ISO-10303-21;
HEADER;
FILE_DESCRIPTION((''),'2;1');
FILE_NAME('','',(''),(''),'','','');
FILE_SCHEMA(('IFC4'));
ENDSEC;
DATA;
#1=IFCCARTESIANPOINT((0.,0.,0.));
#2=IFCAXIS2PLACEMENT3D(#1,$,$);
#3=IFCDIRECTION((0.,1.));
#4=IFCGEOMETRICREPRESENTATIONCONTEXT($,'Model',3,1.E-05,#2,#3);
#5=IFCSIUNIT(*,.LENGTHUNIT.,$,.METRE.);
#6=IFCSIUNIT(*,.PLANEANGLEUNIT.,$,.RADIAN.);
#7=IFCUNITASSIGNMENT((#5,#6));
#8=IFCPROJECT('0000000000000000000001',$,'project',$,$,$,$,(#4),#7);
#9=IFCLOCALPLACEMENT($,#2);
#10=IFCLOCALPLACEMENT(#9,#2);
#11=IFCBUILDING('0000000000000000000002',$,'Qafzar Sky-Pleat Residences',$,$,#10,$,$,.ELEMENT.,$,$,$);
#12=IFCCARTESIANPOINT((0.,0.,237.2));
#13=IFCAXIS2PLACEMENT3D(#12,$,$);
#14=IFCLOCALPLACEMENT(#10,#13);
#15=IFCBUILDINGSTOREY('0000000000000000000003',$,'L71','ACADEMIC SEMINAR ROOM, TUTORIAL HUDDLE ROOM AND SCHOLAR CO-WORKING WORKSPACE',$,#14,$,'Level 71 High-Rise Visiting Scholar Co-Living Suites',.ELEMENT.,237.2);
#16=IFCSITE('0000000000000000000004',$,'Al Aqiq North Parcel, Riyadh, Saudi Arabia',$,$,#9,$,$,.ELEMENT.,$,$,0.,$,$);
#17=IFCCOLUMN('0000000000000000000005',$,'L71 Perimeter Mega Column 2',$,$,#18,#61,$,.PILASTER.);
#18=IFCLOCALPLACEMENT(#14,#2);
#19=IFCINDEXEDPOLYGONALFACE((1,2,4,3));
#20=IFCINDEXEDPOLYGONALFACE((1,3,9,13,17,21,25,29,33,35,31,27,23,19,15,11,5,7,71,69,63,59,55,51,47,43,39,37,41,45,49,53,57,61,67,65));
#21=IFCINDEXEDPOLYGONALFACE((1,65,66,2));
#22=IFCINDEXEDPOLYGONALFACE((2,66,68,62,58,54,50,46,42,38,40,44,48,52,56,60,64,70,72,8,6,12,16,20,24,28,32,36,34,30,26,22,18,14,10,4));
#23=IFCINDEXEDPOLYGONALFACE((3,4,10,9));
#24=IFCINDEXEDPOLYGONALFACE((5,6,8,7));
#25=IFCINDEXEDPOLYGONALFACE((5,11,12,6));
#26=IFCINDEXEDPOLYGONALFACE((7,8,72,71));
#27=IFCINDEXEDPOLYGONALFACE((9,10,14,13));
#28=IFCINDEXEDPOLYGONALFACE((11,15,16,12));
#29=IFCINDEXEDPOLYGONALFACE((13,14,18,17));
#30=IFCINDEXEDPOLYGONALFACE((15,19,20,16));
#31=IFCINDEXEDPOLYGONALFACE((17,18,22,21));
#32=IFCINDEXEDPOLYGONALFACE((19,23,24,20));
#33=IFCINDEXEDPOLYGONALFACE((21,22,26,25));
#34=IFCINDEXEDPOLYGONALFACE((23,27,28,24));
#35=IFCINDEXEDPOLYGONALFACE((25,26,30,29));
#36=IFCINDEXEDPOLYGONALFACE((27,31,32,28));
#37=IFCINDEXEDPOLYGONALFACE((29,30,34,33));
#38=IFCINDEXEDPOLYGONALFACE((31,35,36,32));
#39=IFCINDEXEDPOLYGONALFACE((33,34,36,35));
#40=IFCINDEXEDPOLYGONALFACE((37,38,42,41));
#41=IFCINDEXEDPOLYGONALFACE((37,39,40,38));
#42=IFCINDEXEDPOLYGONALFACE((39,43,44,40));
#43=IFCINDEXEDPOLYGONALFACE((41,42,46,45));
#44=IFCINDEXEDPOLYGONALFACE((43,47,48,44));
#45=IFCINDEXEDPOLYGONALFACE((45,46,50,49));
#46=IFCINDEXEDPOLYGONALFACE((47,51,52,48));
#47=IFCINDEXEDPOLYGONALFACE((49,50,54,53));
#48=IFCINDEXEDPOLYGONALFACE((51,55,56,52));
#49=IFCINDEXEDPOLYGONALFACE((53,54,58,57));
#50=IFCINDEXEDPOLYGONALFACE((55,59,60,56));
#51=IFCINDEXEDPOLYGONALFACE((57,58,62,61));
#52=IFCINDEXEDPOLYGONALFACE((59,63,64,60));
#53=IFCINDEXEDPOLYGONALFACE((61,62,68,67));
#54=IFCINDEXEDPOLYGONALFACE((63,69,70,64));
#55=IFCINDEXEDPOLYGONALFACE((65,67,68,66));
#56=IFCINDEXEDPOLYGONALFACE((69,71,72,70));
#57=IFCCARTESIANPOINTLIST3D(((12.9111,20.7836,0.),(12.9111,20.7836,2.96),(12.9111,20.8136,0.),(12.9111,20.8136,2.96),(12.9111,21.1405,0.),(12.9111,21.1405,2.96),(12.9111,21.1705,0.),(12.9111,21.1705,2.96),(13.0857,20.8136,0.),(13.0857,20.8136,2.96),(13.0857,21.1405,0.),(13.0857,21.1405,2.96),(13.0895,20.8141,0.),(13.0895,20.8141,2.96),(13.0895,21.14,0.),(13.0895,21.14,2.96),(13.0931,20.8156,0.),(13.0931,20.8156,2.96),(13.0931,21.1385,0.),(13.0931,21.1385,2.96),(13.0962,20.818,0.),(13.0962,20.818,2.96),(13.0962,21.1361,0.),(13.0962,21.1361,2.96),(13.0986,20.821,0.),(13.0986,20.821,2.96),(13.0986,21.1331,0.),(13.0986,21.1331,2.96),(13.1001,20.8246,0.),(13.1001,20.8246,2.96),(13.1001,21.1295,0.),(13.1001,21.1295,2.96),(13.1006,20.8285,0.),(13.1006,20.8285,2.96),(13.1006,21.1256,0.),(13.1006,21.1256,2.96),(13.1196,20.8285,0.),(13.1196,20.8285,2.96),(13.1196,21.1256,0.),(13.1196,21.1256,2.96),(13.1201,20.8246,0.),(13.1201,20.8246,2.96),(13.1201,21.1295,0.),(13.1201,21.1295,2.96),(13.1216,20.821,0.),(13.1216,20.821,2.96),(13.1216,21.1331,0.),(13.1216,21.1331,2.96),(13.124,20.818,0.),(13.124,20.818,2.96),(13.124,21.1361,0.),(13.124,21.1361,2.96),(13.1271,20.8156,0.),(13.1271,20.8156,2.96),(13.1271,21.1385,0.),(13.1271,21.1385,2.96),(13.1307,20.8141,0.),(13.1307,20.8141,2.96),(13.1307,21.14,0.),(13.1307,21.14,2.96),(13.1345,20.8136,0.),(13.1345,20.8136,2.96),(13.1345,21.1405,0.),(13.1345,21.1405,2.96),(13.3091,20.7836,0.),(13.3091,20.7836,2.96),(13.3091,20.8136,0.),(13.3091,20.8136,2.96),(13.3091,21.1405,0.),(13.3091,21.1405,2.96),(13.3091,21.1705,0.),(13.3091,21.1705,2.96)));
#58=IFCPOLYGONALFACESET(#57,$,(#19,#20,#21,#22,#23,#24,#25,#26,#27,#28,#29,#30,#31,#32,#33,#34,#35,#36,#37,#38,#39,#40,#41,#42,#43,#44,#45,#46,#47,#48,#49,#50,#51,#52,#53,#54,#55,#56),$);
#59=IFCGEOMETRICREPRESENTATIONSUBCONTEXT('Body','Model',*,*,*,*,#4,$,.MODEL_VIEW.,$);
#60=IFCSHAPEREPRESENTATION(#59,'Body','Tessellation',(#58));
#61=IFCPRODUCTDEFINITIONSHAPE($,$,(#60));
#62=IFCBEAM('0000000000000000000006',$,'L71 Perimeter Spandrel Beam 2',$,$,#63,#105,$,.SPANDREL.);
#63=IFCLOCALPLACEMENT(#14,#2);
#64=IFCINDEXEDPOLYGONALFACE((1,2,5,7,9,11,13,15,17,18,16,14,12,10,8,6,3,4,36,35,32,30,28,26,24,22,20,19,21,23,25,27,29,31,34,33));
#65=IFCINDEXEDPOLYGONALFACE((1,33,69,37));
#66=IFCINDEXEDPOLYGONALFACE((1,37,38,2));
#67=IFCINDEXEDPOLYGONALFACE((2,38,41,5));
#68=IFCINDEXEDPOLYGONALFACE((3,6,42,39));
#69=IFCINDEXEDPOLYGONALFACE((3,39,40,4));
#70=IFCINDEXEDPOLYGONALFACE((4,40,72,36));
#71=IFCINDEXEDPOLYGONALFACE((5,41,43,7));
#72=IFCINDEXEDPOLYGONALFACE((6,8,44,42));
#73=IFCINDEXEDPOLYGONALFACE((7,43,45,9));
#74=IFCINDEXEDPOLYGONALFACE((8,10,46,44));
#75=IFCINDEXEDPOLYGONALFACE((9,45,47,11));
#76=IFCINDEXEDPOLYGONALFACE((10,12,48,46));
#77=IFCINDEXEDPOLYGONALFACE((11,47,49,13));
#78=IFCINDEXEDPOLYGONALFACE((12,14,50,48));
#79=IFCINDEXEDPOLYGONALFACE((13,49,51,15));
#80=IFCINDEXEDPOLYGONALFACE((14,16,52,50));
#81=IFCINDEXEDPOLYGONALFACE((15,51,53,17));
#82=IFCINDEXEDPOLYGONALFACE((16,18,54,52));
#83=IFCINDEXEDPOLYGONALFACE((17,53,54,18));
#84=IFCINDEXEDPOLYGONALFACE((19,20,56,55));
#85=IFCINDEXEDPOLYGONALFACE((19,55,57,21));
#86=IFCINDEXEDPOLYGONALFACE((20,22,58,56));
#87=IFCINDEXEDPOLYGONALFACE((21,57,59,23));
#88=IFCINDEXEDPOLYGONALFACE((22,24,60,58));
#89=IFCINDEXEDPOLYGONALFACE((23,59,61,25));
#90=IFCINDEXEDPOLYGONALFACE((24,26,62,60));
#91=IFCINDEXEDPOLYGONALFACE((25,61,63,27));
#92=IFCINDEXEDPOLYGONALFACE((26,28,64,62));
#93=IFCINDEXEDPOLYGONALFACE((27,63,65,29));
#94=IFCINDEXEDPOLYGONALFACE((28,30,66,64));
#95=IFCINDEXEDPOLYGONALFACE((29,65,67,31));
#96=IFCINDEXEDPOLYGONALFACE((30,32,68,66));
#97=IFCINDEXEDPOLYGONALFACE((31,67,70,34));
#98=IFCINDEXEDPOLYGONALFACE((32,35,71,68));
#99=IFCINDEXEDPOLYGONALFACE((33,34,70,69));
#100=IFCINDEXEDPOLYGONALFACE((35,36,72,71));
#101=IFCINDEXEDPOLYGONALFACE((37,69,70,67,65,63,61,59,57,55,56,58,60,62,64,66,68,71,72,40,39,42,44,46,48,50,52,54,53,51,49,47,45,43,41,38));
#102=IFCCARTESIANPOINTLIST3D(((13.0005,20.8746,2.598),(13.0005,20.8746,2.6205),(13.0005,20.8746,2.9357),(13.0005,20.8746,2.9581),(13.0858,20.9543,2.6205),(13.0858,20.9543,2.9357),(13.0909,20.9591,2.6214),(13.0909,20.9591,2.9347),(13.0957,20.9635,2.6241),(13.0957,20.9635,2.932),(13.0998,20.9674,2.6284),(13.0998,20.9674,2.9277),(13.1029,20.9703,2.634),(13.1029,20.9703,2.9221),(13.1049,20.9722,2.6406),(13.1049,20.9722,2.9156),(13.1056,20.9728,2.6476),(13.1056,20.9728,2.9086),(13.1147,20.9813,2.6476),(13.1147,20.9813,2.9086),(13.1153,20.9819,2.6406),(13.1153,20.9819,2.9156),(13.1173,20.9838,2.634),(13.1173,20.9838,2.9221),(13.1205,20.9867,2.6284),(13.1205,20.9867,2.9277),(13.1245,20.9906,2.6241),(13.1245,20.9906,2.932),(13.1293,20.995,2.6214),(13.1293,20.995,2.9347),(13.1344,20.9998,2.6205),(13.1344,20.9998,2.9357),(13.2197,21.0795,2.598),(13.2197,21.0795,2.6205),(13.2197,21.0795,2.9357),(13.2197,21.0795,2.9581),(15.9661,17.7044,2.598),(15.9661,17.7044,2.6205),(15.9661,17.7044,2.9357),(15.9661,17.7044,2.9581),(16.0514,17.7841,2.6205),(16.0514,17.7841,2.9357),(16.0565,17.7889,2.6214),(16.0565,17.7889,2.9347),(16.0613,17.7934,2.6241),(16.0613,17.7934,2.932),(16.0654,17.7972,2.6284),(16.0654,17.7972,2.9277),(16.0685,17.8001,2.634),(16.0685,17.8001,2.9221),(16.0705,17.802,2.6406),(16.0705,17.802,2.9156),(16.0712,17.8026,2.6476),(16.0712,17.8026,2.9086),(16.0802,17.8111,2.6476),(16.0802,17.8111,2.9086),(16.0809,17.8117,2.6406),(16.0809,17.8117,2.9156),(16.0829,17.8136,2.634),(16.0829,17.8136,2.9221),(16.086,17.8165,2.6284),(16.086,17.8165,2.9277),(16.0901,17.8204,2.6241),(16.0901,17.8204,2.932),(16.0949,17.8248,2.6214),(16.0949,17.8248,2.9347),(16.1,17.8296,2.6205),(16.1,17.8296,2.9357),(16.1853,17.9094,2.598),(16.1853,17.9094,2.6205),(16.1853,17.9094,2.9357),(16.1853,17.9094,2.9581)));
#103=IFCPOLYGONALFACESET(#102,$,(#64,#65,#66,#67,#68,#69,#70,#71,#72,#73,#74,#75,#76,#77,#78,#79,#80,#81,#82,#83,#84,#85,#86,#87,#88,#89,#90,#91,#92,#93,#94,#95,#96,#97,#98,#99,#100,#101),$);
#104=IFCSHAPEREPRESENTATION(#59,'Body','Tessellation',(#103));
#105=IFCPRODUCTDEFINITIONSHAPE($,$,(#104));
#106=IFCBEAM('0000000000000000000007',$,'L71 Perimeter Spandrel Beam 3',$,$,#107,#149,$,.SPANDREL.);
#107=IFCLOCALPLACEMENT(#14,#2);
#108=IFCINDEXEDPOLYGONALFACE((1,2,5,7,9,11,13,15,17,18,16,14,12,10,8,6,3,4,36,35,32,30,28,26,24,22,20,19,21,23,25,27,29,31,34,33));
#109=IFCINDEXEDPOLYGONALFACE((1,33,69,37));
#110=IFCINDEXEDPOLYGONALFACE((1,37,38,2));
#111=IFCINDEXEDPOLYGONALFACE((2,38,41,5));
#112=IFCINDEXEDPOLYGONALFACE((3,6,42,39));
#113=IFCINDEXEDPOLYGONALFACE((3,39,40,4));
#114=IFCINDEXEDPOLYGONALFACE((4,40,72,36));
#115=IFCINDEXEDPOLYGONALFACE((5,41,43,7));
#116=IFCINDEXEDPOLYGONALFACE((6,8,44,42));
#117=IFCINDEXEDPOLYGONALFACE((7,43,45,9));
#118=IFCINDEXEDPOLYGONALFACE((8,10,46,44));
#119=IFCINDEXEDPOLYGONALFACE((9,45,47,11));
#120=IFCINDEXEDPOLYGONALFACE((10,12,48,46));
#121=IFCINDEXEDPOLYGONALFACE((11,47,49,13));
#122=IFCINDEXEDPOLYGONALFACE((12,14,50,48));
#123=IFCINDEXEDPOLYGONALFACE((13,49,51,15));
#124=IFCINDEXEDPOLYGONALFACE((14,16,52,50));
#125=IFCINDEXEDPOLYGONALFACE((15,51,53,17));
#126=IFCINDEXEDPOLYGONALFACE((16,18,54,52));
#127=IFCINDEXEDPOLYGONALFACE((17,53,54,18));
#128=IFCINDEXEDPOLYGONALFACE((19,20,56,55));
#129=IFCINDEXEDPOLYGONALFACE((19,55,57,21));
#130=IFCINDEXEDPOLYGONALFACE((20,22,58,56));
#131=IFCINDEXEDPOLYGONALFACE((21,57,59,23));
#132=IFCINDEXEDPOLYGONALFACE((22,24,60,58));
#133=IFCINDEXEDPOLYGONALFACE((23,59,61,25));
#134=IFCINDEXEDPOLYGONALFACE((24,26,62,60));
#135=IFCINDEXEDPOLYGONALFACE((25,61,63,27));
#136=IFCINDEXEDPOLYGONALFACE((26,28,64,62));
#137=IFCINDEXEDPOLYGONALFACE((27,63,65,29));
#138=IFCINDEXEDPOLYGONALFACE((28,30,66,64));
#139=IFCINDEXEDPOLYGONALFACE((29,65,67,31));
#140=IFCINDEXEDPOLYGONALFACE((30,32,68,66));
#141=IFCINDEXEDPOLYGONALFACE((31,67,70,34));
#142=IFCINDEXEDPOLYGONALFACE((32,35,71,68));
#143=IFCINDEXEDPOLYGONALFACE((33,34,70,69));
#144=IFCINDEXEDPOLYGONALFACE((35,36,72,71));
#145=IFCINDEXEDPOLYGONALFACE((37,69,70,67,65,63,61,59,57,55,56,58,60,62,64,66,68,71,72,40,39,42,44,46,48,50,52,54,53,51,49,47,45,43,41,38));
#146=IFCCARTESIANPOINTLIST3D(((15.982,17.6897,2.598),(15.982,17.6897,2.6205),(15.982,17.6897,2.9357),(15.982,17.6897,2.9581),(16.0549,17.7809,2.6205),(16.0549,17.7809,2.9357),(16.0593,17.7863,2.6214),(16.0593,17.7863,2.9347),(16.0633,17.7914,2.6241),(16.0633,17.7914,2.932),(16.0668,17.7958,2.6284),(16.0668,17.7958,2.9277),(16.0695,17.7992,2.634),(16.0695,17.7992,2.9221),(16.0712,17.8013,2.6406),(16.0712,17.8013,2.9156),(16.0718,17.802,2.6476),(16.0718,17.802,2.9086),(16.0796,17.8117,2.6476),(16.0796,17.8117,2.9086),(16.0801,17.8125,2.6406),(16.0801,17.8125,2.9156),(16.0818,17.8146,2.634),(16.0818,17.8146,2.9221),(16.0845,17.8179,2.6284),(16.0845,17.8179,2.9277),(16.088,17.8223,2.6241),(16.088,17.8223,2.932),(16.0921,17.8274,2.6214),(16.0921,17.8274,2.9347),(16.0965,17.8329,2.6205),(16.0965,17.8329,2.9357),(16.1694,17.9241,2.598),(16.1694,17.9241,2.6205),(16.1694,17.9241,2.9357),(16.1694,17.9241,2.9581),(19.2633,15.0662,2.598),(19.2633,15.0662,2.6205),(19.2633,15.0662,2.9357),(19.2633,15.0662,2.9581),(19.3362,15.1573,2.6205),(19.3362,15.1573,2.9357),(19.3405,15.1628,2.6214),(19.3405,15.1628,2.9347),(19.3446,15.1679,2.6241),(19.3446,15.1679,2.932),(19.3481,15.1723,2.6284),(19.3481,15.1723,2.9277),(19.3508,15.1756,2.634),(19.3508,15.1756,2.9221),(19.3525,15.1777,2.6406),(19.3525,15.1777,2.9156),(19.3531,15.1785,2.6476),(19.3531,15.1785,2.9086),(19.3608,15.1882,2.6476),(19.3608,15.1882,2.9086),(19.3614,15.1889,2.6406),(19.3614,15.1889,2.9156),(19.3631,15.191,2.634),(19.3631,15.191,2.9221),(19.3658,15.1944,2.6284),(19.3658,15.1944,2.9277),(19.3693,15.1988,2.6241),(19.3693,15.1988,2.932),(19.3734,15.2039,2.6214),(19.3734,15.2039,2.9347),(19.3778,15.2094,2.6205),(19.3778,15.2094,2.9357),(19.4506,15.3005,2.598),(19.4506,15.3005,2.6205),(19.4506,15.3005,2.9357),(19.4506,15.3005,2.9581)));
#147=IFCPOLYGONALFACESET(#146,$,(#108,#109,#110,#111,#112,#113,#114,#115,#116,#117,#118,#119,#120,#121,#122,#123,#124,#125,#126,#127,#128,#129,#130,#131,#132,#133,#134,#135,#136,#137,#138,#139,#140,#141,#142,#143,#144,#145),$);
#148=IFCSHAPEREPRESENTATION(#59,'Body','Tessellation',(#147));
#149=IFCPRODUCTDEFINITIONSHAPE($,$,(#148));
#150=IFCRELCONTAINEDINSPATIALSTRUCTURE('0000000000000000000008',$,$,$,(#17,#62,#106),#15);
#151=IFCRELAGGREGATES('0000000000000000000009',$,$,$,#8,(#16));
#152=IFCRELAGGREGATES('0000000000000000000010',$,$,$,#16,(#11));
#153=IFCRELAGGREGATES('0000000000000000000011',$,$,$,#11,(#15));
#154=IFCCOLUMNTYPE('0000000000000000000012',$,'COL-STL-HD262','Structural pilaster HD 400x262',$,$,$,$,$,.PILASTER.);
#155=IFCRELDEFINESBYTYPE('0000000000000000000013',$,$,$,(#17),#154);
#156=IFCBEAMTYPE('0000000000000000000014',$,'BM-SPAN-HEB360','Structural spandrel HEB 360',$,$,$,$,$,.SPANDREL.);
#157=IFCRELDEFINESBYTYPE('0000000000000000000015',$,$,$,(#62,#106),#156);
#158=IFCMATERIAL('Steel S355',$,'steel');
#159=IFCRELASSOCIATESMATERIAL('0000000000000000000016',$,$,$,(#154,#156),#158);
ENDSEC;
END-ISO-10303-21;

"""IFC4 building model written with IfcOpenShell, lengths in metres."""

from ifc_helpers import new_model, si_unit, direction, frame, origin, origin_2d, place, context, subcontext, project, spatial, i_section, extrude, source, transform, mapped, material, material_profile, profile_set, type_object, element, save


model = new_model("IFC4")

# Units and contexts
model_context = context("Model", 3, precision=1e-05, world=origin(), true_north=direction((0.0, 1.0)))
body_context = subcontext(model_context, "Body", "Model", "MODEL_VIEW")
ifc_project = project(units=[si_unit("LENGTHUNIT", "METRE"), si_unit("PLANEANGLEUNIT", "RADIAN")], contexts=[model_context])

# Site, building, storey
site_placement = place(None, origin())
site = spatial("IfcSite", under=ifc_project, at=site_placement, Name="Al Aqiq North Parcel, Riyadh, Saudi Arabia", CompositionType="ELEMENT", RefElevation=0.0)
building_placement = place(site_placement, origin())
building = spatial("IfcBuilding", under=site, at=building_placement, Name="Qafzar Sky-Pleat Residences", CompositionType="ELEMENT")
storey_placement = place(building_placement, frame((0.0, 0.0, 237.2)))
storey = spatial("IfcBuildingStorey", under=building, at=storey_placement, Name="L71", Description="ACADEMIC SEMINAR ROOM, TUTORIAL HUDDLE ROOM AND SCHOLAR CO-WORKING WORKSPACE", LongName="Level 71 High-Rise Visiting Scholar Co-Living Suites", CompositionType="ELEMENT", Elevation=237.2)

# Column
ifc_material_1 = material(Name="Steel S355", Category="steel")
ifc_material_profile_1 = material_profile(ifc_material_1, i_section(OverallWidth=0.3979, OverallDepth=0.387, WebThickness=0.019, FlangeThickness=0.03, FilletRadius=0.0149, at=origin_2d()), Name="HD 400x262")
ifc_profile_set_1 = profile_set([ifc_material_profile_1], Name="Steel S355")
column_type = type_object("IfcColumnType", Name="COL-STL-HD262", Description="Structural pilaster HD 400x262", PredefinedType="PILASTER", material=ifc_profile_set_1)
shared_shape_1 = source(origin(), body_context, "Body", "SweptSolid", [
    extrude(i_section(OverallWidth=0.3979, OverallDepth=0.387, WebThickness=0.019, FlangeThickness=0.03, FilletRadius=0.0149, at=origin_2d()), origin(), (0.0, 0.0, 1.0), 2.96),
])
column_placement = place(storey_placement, frame((13.1101, 20.9771, 0.0), z_axis=(0.0, 0.0, 1.0), x_axis=(1.0, 0.0, 0.0)))
element("IfcColumn", 1, at=column_placement, inside=storey, type_object=column_type, Name="L71 Perimeter Mega Column 2", PredefinedType="PILASTER", context=body_context, shape_type="MappedRepresentation", body=[
    mapped(shared_shape_1, transform((0.0, 0.0, 0.0), x_axis=(1.0, 0.0, 0.0), y_axis=(0.0, 1.0, 0.0), z_axis=(0.0, 0.0, 1.0), scale=1.0)),
])

# Beams
ifc_material_profile_2 = material_profile(ifc_material_1, i_section(OverallWidth=0.3, OverallDepth=0.3601, WebThickness=0.0125, FlangeThickness=0.0225, FilletRadius=0.0271, at=origin_2d()), Name="HEB 360")
ifc_profile_set_2 = profile_set([ifc_material_profile_2], Name="Steel S355")
beam_type_1 = type_object("IfcBeamType", Name="BM-SPAN-HEB360", Description="Structural spandrel HEB 360", PredefinedType="SPANDREL", material=ifc_profile_set_2)
shared_shape_2 = source(origin(), body_context, "Body", "SweptSolid", [
    extrude(i_section(OverallWidth=0.3, OverallDepth=0.3601, WebThickness=0.0125, FlangeThickness=0.0225, FilletRadius=0.0271, at=origin_2d()), origin(), (0.0, 0.0, 1.0), 4.3411),
])
beam_1_placement = place(storey_placement, frame((13.1101, 20.9771, 2.7781), z_axis=(0.683149, -0.730279, 0.0), x_axis=(0.730279, 0.683149, 0.0)))
element("IfcBeam", 2, at=beam_1_placement, inside=storey, type_object=beam_type_1, Name="L71 Perimeter Spandrel Beam 2", PredefinedType="SPANDREL", context=body_context, shape_type="MappedRepresentation", body=[
    mapped(shared_shape_2, transform((0.0, 0.0, 0.0), x_axis=(1.0, 0.0, 0.0), y_axis=(0.0, 1.0, 0.0), z_axis=(0.0, 0.0, 1.0), scale=1.0)),
])
shared_shape_3 = source(origin(), body_context, "Body", "SweptSolid", [
    extrude(i_section(OverallWidth=0.3, OverallDepth=0.3601, WebThickness=0.0125, FlangeThickness=0.0225, FilletRadius=0.0271, at=origin_2d()), origin(), (0.0, 0.0, 1.0), 4.2012),
])
beam_2_placement = place(storey_placement, frame((16.0757, 17.8069, 2.7781), z_axis=(0.781039, -0.624482, 0.0), x_axis=(0.624482, 0.781039, 0.0)))
element("IfcBeam", 3, at=beam_2_placement, inside=storey, type_object=beam_type_1, Name="L71 Perimeter Spandrel Beam 3", PredefinedType="SPANDREL", context=body_context, shape_type="MappedRepresentation", body=[
    mapped(shared_shape_3, transform((0.0, 0.0, 0.0), x_axis=(1.0, 0.0, 0.0), y_axis=(0.0, 1.0, 0.0), z_axis=(0.0, 0.0, 1.0), scale=1.0)),
])

save(model, "model.ifc")
